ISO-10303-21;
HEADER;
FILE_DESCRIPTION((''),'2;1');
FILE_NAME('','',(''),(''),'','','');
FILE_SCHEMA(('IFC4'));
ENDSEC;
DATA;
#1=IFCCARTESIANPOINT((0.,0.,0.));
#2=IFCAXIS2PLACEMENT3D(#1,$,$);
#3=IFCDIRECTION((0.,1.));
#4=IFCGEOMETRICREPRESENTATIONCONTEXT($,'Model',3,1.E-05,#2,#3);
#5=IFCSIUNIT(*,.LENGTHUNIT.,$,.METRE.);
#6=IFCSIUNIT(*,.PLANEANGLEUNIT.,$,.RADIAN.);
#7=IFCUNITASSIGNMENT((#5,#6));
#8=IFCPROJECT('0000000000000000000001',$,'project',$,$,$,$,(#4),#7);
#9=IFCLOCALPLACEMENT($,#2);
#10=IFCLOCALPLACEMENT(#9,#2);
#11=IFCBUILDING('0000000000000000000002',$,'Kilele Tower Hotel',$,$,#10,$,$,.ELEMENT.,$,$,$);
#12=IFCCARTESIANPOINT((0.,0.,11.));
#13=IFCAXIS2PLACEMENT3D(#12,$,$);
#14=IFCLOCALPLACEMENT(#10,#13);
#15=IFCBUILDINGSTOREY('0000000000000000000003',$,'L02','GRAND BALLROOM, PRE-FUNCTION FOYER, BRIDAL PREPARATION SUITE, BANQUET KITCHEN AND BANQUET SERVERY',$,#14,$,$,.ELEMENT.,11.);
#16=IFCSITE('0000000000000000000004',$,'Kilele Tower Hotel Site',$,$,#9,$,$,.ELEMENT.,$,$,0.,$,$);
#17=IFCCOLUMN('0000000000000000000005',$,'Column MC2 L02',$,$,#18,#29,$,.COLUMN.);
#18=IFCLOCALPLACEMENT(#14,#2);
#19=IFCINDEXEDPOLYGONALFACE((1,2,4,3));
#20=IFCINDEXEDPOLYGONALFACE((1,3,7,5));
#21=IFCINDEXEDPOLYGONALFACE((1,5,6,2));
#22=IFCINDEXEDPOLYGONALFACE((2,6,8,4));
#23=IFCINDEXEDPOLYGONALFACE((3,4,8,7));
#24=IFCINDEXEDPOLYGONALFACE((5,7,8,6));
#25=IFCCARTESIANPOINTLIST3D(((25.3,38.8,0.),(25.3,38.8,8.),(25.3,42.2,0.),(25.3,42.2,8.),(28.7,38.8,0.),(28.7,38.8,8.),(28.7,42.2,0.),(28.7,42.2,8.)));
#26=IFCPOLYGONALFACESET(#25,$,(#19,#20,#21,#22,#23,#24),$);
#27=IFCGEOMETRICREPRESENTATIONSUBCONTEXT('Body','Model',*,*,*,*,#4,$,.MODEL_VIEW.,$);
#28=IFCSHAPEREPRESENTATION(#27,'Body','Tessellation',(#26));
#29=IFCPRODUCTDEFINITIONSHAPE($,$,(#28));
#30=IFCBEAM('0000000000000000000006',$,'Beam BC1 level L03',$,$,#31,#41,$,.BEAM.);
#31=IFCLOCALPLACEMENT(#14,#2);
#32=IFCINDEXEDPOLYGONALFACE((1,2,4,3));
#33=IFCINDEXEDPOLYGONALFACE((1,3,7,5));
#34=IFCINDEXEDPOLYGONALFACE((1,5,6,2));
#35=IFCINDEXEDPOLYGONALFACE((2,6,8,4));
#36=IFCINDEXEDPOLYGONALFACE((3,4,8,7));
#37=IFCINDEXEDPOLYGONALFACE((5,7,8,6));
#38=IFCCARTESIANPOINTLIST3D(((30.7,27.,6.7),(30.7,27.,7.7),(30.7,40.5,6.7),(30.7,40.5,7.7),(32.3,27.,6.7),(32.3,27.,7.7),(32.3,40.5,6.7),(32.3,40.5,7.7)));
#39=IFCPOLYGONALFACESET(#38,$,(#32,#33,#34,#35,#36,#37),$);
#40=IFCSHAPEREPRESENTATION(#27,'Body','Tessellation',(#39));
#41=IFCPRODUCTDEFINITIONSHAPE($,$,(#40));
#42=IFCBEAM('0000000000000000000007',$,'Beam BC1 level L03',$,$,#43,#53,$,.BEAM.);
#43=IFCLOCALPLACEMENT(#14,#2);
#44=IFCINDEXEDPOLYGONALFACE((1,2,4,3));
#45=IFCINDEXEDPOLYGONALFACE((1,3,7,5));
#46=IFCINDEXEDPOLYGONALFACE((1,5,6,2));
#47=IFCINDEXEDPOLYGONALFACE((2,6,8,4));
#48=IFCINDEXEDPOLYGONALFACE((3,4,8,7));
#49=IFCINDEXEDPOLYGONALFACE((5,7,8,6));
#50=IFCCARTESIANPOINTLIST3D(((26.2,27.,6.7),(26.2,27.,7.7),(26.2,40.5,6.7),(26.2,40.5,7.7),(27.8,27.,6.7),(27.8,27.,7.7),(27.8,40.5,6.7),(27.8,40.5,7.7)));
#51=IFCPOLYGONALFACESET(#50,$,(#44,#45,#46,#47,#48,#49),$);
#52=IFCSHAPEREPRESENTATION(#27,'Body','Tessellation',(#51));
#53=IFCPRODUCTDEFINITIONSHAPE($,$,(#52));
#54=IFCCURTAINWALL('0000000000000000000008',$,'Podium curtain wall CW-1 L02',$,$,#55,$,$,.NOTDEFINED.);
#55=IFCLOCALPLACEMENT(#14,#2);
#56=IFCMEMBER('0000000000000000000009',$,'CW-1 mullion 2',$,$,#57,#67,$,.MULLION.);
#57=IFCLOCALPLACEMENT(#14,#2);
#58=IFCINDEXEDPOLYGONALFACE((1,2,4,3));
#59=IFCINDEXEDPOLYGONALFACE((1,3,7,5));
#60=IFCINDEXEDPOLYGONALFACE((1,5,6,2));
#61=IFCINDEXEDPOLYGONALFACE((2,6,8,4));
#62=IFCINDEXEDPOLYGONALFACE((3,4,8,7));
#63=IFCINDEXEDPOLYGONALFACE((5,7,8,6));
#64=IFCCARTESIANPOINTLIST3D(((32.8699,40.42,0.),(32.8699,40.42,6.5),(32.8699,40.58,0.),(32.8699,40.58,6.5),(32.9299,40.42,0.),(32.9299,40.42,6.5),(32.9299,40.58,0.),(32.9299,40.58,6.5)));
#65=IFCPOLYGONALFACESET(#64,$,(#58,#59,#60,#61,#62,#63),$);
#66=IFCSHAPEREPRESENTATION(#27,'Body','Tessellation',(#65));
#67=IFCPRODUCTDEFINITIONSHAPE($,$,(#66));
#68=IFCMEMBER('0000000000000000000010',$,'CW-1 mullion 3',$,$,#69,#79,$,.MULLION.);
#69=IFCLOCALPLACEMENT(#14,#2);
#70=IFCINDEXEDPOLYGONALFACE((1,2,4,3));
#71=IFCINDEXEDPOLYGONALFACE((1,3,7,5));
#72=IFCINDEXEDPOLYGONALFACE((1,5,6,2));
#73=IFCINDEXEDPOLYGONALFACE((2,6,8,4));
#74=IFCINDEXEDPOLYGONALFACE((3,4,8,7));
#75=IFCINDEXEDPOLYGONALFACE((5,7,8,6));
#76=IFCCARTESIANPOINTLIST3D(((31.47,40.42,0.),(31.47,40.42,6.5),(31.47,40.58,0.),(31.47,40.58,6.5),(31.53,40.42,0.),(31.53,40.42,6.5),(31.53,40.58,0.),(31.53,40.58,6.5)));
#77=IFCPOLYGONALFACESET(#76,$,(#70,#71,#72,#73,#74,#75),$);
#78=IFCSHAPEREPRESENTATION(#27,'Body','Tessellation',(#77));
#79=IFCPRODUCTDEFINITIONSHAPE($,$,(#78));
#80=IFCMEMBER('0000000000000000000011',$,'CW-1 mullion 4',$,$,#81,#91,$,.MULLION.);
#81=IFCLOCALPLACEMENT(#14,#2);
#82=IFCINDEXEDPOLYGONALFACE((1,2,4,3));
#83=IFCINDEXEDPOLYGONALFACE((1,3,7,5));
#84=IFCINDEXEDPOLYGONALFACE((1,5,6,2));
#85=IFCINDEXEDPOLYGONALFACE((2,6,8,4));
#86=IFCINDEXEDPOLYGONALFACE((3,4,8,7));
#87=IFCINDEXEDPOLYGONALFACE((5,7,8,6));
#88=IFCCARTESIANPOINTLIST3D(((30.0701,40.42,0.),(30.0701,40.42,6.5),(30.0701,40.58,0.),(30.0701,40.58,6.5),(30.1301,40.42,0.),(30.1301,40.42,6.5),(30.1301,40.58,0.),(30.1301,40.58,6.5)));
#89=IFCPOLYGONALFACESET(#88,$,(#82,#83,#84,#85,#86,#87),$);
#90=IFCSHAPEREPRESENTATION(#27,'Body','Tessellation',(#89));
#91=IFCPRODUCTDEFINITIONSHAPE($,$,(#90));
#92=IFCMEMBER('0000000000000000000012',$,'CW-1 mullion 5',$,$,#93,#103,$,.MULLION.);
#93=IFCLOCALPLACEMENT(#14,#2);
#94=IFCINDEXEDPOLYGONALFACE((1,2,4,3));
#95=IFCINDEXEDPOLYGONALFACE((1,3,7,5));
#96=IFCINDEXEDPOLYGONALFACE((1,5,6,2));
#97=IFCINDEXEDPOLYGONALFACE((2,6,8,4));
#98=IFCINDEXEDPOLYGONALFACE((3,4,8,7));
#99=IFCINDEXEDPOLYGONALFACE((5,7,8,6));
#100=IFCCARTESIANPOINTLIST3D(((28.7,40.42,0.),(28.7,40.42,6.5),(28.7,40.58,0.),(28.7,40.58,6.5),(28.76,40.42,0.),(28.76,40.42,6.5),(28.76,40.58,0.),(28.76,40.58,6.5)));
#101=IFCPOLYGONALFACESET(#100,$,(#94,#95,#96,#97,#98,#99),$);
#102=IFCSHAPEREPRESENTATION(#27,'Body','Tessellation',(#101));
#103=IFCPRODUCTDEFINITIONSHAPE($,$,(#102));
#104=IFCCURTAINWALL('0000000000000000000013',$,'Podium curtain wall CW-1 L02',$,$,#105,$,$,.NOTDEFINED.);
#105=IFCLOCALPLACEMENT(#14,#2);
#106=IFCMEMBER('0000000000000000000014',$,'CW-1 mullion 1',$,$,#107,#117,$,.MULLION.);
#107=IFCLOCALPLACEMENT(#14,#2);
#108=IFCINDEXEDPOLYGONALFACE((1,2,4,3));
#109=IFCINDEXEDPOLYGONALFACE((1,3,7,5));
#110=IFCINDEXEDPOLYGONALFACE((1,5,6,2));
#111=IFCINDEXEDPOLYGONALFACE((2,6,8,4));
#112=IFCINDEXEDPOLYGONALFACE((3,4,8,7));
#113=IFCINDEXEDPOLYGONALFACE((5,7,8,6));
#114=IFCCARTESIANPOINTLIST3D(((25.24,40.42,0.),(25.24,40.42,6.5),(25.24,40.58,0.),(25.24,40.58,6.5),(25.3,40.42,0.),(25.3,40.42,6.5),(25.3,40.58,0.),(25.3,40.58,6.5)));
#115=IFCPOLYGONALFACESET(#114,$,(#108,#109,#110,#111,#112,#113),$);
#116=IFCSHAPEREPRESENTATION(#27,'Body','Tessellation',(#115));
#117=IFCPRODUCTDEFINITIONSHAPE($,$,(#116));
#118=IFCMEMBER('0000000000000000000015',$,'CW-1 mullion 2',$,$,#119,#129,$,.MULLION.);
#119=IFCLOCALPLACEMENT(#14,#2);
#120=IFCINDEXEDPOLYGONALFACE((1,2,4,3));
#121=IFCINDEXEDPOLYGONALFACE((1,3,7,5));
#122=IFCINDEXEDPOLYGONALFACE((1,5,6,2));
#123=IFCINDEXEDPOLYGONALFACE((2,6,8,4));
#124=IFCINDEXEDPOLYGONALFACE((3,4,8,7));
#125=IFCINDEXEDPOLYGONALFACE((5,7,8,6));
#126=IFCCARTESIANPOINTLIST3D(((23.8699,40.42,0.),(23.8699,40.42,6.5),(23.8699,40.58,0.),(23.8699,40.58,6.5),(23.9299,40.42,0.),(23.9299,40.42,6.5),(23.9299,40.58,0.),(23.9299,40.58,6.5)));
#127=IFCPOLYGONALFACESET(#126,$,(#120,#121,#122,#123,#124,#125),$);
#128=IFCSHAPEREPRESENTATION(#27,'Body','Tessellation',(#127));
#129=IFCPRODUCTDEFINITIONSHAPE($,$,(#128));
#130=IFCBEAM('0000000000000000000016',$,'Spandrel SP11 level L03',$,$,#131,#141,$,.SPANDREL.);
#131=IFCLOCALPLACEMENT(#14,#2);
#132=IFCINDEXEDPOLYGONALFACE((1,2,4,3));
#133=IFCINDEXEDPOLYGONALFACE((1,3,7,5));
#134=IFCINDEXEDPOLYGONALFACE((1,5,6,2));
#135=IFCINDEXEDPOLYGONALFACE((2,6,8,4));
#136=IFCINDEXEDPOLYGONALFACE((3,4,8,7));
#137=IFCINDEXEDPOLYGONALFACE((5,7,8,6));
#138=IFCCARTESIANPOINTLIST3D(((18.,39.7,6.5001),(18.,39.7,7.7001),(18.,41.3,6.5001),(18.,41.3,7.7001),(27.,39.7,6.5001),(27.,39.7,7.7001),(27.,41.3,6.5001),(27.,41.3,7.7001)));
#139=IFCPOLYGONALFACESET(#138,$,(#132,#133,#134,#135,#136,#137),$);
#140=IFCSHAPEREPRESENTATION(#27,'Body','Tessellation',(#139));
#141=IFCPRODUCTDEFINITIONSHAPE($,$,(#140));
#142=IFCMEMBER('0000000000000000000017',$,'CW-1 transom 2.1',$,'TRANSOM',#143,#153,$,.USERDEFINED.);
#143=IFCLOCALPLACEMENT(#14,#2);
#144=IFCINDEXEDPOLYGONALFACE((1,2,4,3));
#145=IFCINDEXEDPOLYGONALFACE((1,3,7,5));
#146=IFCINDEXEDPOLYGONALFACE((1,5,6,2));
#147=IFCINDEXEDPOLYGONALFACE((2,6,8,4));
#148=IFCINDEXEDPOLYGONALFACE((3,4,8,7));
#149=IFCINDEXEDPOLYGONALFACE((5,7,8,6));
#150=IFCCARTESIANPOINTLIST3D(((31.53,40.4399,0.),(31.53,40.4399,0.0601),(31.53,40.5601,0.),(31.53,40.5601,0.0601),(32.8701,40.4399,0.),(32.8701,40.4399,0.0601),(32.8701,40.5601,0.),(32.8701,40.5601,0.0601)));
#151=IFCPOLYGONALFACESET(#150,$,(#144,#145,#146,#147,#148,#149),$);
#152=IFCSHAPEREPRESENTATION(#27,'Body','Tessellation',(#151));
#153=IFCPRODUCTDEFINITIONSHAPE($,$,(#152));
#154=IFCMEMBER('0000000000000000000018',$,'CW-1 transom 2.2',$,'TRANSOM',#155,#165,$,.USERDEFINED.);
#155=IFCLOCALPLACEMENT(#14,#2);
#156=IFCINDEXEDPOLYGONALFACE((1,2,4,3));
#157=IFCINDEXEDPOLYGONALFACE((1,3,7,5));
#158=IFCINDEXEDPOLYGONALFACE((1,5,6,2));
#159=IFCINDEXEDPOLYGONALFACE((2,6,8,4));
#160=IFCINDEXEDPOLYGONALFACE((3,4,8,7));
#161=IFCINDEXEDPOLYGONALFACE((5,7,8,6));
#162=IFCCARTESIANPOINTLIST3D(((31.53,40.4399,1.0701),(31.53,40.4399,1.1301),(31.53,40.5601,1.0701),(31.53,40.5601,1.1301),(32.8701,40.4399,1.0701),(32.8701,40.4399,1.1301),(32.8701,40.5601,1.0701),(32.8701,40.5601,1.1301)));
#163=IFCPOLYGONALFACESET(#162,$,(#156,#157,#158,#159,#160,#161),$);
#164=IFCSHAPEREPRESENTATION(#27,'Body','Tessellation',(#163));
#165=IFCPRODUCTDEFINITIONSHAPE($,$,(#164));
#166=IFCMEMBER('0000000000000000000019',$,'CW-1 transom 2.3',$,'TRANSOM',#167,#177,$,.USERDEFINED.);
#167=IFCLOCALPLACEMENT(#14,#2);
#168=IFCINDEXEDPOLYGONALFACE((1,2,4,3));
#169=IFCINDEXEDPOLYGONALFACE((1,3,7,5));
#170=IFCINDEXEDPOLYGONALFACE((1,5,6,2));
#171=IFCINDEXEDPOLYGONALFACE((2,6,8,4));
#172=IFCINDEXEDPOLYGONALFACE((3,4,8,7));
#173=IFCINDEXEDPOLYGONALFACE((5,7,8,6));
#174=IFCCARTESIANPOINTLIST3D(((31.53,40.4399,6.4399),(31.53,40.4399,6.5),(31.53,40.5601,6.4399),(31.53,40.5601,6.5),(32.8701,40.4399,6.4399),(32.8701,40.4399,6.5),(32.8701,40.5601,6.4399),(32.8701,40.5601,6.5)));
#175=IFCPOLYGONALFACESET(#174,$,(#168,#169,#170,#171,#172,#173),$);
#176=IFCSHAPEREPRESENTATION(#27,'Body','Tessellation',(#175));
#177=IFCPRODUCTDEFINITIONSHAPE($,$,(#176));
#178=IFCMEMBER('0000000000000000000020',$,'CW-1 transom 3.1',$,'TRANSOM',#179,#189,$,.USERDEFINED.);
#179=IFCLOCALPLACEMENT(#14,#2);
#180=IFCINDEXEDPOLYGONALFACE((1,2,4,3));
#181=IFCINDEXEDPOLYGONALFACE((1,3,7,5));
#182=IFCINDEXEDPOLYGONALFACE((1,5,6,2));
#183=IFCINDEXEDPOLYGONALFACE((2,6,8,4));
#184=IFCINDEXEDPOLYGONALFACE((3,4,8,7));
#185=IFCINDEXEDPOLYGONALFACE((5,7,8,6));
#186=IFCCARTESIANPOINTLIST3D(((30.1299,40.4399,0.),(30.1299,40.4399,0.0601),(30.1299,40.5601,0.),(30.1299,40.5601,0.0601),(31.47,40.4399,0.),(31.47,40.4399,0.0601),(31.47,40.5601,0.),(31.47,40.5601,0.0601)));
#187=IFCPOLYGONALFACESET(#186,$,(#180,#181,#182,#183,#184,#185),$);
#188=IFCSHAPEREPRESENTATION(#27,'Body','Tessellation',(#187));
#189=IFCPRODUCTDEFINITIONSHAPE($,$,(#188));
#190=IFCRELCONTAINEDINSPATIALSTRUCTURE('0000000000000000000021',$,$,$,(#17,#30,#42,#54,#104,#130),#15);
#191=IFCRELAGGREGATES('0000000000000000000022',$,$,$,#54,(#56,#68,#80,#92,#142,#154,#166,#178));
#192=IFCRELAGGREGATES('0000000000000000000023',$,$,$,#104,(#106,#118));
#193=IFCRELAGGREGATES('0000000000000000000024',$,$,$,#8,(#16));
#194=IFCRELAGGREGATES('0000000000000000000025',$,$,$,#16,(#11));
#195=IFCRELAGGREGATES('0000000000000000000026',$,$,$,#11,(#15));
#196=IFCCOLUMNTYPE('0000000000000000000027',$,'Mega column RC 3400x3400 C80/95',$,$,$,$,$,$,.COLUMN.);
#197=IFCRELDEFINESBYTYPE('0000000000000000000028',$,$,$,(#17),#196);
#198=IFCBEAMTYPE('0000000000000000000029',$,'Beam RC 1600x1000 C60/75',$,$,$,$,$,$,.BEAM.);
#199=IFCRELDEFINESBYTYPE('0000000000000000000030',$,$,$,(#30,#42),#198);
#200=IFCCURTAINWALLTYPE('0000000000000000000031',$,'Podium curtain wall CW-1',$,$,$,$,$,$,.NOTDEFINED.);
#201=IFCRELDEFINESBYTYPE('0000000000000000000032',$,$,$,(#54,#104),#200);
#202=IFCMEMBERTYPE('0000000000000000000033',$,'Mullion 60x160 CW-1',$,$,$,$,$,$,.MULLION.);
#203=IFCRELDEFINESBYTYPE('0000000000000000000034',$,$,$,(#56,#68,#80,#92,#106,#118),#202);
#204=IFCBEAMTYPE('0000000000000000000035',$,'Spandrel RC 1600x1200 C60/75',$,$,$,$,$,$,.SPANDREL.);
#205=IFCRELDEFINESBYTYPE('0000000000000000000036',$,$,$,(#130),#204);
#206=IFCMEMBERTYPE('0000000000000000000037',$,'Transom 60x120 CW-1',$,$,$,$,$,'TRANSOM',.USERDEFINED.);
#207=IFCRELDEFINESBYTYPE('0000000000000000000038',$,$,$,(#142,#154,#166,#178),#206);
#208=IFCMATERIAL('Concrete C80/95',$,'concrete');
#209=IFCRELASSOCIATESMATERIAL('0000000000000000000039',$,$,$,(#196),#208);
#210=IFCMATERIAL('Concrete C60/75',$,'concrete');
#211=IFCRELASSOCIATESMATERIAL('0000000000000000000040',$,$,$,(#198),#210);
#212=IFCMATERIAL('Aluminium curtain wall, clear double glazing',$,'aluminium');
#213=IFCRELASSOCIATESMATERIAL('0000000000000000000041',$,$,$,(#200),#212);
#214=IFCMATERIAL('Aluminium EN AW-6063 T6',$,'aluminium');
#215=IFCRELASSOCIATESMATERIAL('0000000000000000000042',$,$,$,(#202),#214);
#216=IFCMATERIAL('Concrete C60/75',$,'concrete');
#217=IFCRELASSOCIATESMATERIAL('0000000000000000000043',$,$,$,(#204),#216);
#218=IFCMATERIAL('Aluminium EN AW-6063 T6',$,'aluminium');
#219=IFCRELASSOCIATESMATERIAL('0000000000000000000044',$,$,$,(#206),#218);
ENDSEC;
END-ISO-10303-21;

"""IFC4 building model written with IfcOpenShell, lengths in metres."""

from ifc_helpers import new_model, si_unit, direction, frame, origin, origin_2d, place, context, subcontext, project, spatial, rectangle, extrude, material, material_profile, profile_set, type_object, element, aggregate, save


model = new_model("IFC4")

# Units and contexts
model_context = context("Model", 3, precision=1e-05, world=origin(), true_north=direction((0.0, 1.0)))
body_context = subcontext(model_context, "Body", "Model", "MODEL_VIEW")
ifc_project = project(units=[si_unit("LENGTHUNIT", "METRE"), si_unit("PLANEANGLEUNIT", "RADIAN")], contexts=[model_context])

# Site, building, storey
site_placement = place(None, origin())
site = spatial("IfcSite", under=ifc_project, at=site_placement, Name="Kilele Tower Hotel Site", CompositionType="ELEMENT", RefElevation=0.0)
building_placement = place(site_placement, origin())
building = spatial("IfcBuilding", under=site, at=building_placement, Name="Kilele Tower Hotel", CompositionType="ELEMENT")
storey_placement = place(building_placement, frame((0.0, 0.0, 11.0)))
storey = spatial("IfcBuildingStorey", under=building, at=storey_placement, Name="L02", Description="GRAND BALLROOM, PRE-FUNCTION FOYER, BRIDAL PREPARATION SUITE, BANQUET KITCHEN AND BANQUET SERVERY", CompositionType="ELEMENT", Elevation=11.0)

# Column
ifc_material_1 = material(Name="Concrete C80/95", Category="concrete")
ifc_material_profile_1 = material_profile(ifc_material_1, rectangle(XDim=3.3999, YDim=3.3999, at=origin_2d()))
ifc_profile_set_1 = profile_set([ifc_material_profile_1], Name="Concrete C80/95")
column_type = type_object("IfcColumnType", Name="Mega column RC 3400x3400 C80/95", PredefinedType="COLUMN", material=ifc_profile_set_1)
column_placement = place(storey_placement, frame((27.0, 40.5, 0.0), z_axis=(0.0, 0.0, 1.0), x_axis=(1.0, 0.0, 0.0)))
element("IfcColumn", 1, at=column_placement, inside=storey, type_object=column_type, Name="Column MC2 L02", PredefinedType="COLUMN", context=body_context, shape_type="SweptSolid", body=[
    extrude(rectangle(XDim=3.3999, YDim=3.3999, at=origin_2d()), origin(), (0.0, 0.0, 1.0), 8.0),
])

# Beams
ifc_material_2 = material(Name="Concrete C60/75", Category="concrete")
ifc_material_profile_2 = material_profile(ifc_material_2, rectangle(XDim=1.6001, YDim=1.0, at=origin_2d()))
ifc_profile_set_2 = profile_set([ifc_material_profile_2], Name="Concrete C60/75")
beam_type_1 = type_object("IfcBeamType", Name="Beam RC 1600x1000 C60/75", PredefinedType="BEAM", material=ifc_profile_set_2)
for number, where, z_axis, x_axis, name in (
    (2, (31.5, 40.5, 7.2), (0.0, -1.0, 0.0), (1.0, 0.0, 0.0), "Beam BC1 level L03"),
    (3, (27.0, 40.5, 7.2), (0.0, -1.0, 0.0), (1.0, 0.0, 0.0), "Beam BC1 level L03"),
):
    element("IfcBeam", number, at=place(storey_placement, frame(where, z_axis=z_axis, x_axis=x_axis)), inside=storey, type_object=beam_type_1, Name=name, PredefinedType="BEAM", context=body_context, shape_type="SweptSolid", body=[
        extrude(rectangle(XDim=1.6001, YDim=1.0, at=origin_2d()), origin(), (0.0, 0.0, 1.0), 13.5),
    ])

# Curtain walls, members
ifc_material_3 = material(Name="Aluminium curtain wall, clear double glazing", Category="aluminium")
curtain_wall_type = type_object("IfcCurtainWallType", Name="Podium curtain wall CW-1", PredefinedType="NOTDEFINED", material=ifc_material_3)
curtain_wall_1_placement = place(storey_placement, origin())
curtain_wall_1 = element("IfcCurtainWall", 4, at=curtain_wall_1_placement, inside=storey, type_object=curtain_wall_type, Name="Podium curtain wall CW-1 L02", PredefinedType="NOTDEFINED")
ifc_material_4 = material(Name="Aluminium EN AW-6063 T6", Category="aluminium")
ifc_material_profile_3 = material_profile(ifc_material_4, rectangle(XDim=0.1599, YDim=0.0601, at=origin_2d()))
ifc_profile_set_3 = profile_set([ifc_material_profile_3], Name="Aluminium EN AW-6063 T6")
member_type_1 = type_object("IfcMemberType", Name="Mullion 60x160 CW-1", PredefinedType="MULLION", material=ifc_profile_set_3)
member_1_placement = place(storey_placement, frame((32.8999, 40.5, 0.0), z_axis=(0.0, 0.0, 1.0), x_axis=(0.0, -1.0, 0.0)))
member_1 = element("IfcMember", 5, at=member_1_placement, type_object=member_type_1, Name="CW-1 mullion 2", PredefinedType="MULLION", context=body_context, shape_type="SweptSolid", body=[
    extrude(rectangle(XDim=0.1599, YDim=0.0601, at=origin_2d()), origin(), (0.0, 0.0, 1.0), 6.5),
])
member_2_placement = place(storey_placement, frame((31.5, 40.5, 0.0), z_axis=(0.0, 0.0, 1.0), x_axis=(0.0, -1.0, 0.0)))
member_2 = element("IfcMember", 6, at=member_2_placement, type_object=member_type_1, Name="CW-1 mullion 3", PredefinedType="MULLION", context=body_context, shape_type="SweptSolid", body=[
    extrude(rectangle(XDim=0.1599, YDim=0.0601, at=origin_2d()), origin(), (0.0, 0.0, 1.0), 6.5),
])
member_3_placement = place(storey_placement, frame((30.1001, 40.5, 0.0), z_axis=(0.0, 0.0, 1.0), x_axis=(0.0, -1.0, 0.0)))
member_3 = element("IfcMember", 7, at=member_3_placement, type_object=member_type_1, Name="CW-1 mullion 4", PredefinedType="MULLION", context=body_context, shape_type="SweptSolid", body=[
    extrude(rectangle(XDim=0.1599, YDim=0.0601, at=origin_2d()), origin(), (0.0, 0.0, 1.0), 6.5),
])
member_4_placement = place(storey_placement, frame((28.73, 40.5, 0.0), z_axis=(0.0, 0.0, 1.0), x_axis=(0.0, -1.0, 0.0)))
member_4 = element("IfcMember", 8, at=member_4_placement, type_object=member_type_1, Name="CW-1 mullion 5", PredefinedType="MULLION", context=body_context, shape_type="SweptSolid", body=[
    extrude(rectangle(XDim=0.1599, YDim=0.0601, at=origin_2d()), origin(), (0.0, 0.0, 1.0), 6.5),
])
curtain_wall_2_placement = place(storey_placement, origin())
curtain_wall_2 = element("IfcCurtainWall", 9, at=curtain_wall_2_placement, inside=storey, type_object=curtain_wall_type, Name="Podium curtain wall CW-1 L02", PredefinedType="NOTDEFINED")
member_5_placement = place(storey_placement, frame((25.27, 40.5, 0.0), z_axis=(0.0, 0.0, 1.0), x_axis=(0.0, -1.0, 0.0)))
member_5 = element("IfcMember", 10, at=member_5_placement, type_object=member_type_1, Name="CW-1 mullion 1", PredefinedType="MULLION", context=body_context, shape_type="SweptSolid", body=[
    extrude(rectangle(XDim=0.1599, YDim=0.0601, at=origin_2d()), origin(), (0.0, 0.0, 1.0), 6.5),
])
member_6_placement = place(storey_placement, frame((23.8999, 40.5, 0.0), z_axis=(0.0, 0.0, 1.0), x_axis=(0.0, -1.0, 0.0)))
member_6 = element("IfcMember", 11, at=member_6_placement, type_object=member_type_1, Name="CW-1 mullion 2", PredefinedType="MULLION", context=body_context, shape_type="SweptSolid", body=[
    extrude(rectangle(XDim=0.1599, YDim=0.0601, at=origin_2d()), origin(), (0.0, 0.0, 1.0), 6.5),
])

# Beam
ifc_material_5 = material(Name="Concrete C60/75", Category="concrete")
ifc_material_profile_4 = material_profile(ifc_material_5, rectangle(XDim=1.6001, YDim=1.2, at=origin_2d()))
ifc_profile_set_4 = profile_set([ifc_material_profile_4], Name="Concrete C60/75")
beam_type_2 = type_object("IfcBeamType", Name="Spandrel RC 1600x1200 C60/75", PredefinedType="SPANDREL", material=ifc_profile_set_4)
beam_placement = place(storey_placement, frame((27.0, 40.5, 7.1001), z_axis=(-1.0, 0.0, 0.0), x_axis=(0.0, -1.0, 0.0)))
element("IfcBeam", 12, at=beam_placement, inside=storey, type_object=beam_type_2, Name="Spandrel SP11 level L03", PredefinedType="SPANDREL", context=body_context, shape_type="SweptSolid", body=[
    extrude(rectangle(XDim=1.6001, YDim=1.2, at=origin_2d()), origin(), (0.0, 0.0, 1.0), 9.0),
])

# Members
ifc_material_6 = material(Name="Aluminium EN AW-6063 T6", Category="aluminium")
ifc_material_profile_5 = material_profile(ifc_material_6, rectangle(XDim=0.1201, YDim=0.0601, at=origin_2d()))
ifc_profile_set_5 = profile_set([ifc_material_profile_5], Name="Aluminium EN AW-6063 T6")
member_type_2 = type_object("IfcMemberType", Name="Transom 60x120 CW-1", ElementType="TRANSOM", PredefinedType="USERDEFINED", material=ifc_profile_set_5)
member_7_placement = place(storey_placement, frame((32.8701, 40.5, 0.03), z_axis=(-1.0, 0.0, 0.0), x_axis=(0.0, -1.0, 0.0)))
member_7 = element("IfcMember", 13, at=member_7_placement, type_object=member_type_2, Name="CW-1 transom 2.1", ObjectType="TRANSOM", PredefinedType="USERDEFINED", context=body_context, shape_type="SweptSolid", body=[
    extrude(rectangle(XDim=0.1201, YDim=0.0601, at=origin_2d()), origin(), (0.0, 0.0, 1.0), 1.3401),
])
member_8_placement = place(storey_placement, frame((32.8701, 40.5, 1.1001), z_axis=(-1.0, 0.0, 0.0), x_axis=(0.0, -1.0, 0.0)))
member_8 = element("IfcMember", 14, at=member_8_placement, type_object=member_type_2, Name="CW-1 transom 2.2", ObjectType="TRANSOM", PredefinedType="USERDEFINED", context=body_context, shape_type="SweptSolid", body=[
    extrude(rectangle(XDim=0.1201, YDim=0.0601, at=origin_2d()), origin(), (0.0, 0.0, 1.0), 1.3401),
])
member_9_placement = place(storey_placement, frame((32.8701, 40.5, 6.47), z_axis=(-1.0, 0.0, 0.0), x_axis=(0.0, -1.0, 0.0)))
member_9 = element("IfcMember", 15, at=member_9_placement, type_object=member_type_2, Name="CW-1 transom 2.3", ObjectType="TRANSOM", PredefinedType="USERDEFINED", context=body_context, shape_type="SweptSolid", body=[
    extrude(rectangle(XDim=0.1201, YDim=0.0601, at=origin_2d()), origin(), (0.0, 0.0, 1.0), 1.3401),
])
member_10_placement = place(storey_placement, frame((31.47, 40.5, 0.03), z_axis=(-1.0, 0.0, 0.0), x_axis=(0.0, -1.0, 0.0)))
member_10 = element("IfcMember", 16, at=member_10_placement, type_object=member_type_2, Name="CW-1 transom 3.1", ObjectType="TRANSOM", PredefinedType="USERDEFINED", context=body_context, shape_type="SweptSolid", body=[
    extrude(rectangle(XDim=0.1201, YDim=0.0601, at=origin_2d()), origin(), (0.0, 0.0, 1.0), 1.3401),
])

aggregate(curtain_wall_1, [member_1, member_2, member_3, member_4, member_7, member_8, member_9, member_10])
aggregate(curtain_wall_2, [member_5, member_6])

save(model, "model.ifc")
